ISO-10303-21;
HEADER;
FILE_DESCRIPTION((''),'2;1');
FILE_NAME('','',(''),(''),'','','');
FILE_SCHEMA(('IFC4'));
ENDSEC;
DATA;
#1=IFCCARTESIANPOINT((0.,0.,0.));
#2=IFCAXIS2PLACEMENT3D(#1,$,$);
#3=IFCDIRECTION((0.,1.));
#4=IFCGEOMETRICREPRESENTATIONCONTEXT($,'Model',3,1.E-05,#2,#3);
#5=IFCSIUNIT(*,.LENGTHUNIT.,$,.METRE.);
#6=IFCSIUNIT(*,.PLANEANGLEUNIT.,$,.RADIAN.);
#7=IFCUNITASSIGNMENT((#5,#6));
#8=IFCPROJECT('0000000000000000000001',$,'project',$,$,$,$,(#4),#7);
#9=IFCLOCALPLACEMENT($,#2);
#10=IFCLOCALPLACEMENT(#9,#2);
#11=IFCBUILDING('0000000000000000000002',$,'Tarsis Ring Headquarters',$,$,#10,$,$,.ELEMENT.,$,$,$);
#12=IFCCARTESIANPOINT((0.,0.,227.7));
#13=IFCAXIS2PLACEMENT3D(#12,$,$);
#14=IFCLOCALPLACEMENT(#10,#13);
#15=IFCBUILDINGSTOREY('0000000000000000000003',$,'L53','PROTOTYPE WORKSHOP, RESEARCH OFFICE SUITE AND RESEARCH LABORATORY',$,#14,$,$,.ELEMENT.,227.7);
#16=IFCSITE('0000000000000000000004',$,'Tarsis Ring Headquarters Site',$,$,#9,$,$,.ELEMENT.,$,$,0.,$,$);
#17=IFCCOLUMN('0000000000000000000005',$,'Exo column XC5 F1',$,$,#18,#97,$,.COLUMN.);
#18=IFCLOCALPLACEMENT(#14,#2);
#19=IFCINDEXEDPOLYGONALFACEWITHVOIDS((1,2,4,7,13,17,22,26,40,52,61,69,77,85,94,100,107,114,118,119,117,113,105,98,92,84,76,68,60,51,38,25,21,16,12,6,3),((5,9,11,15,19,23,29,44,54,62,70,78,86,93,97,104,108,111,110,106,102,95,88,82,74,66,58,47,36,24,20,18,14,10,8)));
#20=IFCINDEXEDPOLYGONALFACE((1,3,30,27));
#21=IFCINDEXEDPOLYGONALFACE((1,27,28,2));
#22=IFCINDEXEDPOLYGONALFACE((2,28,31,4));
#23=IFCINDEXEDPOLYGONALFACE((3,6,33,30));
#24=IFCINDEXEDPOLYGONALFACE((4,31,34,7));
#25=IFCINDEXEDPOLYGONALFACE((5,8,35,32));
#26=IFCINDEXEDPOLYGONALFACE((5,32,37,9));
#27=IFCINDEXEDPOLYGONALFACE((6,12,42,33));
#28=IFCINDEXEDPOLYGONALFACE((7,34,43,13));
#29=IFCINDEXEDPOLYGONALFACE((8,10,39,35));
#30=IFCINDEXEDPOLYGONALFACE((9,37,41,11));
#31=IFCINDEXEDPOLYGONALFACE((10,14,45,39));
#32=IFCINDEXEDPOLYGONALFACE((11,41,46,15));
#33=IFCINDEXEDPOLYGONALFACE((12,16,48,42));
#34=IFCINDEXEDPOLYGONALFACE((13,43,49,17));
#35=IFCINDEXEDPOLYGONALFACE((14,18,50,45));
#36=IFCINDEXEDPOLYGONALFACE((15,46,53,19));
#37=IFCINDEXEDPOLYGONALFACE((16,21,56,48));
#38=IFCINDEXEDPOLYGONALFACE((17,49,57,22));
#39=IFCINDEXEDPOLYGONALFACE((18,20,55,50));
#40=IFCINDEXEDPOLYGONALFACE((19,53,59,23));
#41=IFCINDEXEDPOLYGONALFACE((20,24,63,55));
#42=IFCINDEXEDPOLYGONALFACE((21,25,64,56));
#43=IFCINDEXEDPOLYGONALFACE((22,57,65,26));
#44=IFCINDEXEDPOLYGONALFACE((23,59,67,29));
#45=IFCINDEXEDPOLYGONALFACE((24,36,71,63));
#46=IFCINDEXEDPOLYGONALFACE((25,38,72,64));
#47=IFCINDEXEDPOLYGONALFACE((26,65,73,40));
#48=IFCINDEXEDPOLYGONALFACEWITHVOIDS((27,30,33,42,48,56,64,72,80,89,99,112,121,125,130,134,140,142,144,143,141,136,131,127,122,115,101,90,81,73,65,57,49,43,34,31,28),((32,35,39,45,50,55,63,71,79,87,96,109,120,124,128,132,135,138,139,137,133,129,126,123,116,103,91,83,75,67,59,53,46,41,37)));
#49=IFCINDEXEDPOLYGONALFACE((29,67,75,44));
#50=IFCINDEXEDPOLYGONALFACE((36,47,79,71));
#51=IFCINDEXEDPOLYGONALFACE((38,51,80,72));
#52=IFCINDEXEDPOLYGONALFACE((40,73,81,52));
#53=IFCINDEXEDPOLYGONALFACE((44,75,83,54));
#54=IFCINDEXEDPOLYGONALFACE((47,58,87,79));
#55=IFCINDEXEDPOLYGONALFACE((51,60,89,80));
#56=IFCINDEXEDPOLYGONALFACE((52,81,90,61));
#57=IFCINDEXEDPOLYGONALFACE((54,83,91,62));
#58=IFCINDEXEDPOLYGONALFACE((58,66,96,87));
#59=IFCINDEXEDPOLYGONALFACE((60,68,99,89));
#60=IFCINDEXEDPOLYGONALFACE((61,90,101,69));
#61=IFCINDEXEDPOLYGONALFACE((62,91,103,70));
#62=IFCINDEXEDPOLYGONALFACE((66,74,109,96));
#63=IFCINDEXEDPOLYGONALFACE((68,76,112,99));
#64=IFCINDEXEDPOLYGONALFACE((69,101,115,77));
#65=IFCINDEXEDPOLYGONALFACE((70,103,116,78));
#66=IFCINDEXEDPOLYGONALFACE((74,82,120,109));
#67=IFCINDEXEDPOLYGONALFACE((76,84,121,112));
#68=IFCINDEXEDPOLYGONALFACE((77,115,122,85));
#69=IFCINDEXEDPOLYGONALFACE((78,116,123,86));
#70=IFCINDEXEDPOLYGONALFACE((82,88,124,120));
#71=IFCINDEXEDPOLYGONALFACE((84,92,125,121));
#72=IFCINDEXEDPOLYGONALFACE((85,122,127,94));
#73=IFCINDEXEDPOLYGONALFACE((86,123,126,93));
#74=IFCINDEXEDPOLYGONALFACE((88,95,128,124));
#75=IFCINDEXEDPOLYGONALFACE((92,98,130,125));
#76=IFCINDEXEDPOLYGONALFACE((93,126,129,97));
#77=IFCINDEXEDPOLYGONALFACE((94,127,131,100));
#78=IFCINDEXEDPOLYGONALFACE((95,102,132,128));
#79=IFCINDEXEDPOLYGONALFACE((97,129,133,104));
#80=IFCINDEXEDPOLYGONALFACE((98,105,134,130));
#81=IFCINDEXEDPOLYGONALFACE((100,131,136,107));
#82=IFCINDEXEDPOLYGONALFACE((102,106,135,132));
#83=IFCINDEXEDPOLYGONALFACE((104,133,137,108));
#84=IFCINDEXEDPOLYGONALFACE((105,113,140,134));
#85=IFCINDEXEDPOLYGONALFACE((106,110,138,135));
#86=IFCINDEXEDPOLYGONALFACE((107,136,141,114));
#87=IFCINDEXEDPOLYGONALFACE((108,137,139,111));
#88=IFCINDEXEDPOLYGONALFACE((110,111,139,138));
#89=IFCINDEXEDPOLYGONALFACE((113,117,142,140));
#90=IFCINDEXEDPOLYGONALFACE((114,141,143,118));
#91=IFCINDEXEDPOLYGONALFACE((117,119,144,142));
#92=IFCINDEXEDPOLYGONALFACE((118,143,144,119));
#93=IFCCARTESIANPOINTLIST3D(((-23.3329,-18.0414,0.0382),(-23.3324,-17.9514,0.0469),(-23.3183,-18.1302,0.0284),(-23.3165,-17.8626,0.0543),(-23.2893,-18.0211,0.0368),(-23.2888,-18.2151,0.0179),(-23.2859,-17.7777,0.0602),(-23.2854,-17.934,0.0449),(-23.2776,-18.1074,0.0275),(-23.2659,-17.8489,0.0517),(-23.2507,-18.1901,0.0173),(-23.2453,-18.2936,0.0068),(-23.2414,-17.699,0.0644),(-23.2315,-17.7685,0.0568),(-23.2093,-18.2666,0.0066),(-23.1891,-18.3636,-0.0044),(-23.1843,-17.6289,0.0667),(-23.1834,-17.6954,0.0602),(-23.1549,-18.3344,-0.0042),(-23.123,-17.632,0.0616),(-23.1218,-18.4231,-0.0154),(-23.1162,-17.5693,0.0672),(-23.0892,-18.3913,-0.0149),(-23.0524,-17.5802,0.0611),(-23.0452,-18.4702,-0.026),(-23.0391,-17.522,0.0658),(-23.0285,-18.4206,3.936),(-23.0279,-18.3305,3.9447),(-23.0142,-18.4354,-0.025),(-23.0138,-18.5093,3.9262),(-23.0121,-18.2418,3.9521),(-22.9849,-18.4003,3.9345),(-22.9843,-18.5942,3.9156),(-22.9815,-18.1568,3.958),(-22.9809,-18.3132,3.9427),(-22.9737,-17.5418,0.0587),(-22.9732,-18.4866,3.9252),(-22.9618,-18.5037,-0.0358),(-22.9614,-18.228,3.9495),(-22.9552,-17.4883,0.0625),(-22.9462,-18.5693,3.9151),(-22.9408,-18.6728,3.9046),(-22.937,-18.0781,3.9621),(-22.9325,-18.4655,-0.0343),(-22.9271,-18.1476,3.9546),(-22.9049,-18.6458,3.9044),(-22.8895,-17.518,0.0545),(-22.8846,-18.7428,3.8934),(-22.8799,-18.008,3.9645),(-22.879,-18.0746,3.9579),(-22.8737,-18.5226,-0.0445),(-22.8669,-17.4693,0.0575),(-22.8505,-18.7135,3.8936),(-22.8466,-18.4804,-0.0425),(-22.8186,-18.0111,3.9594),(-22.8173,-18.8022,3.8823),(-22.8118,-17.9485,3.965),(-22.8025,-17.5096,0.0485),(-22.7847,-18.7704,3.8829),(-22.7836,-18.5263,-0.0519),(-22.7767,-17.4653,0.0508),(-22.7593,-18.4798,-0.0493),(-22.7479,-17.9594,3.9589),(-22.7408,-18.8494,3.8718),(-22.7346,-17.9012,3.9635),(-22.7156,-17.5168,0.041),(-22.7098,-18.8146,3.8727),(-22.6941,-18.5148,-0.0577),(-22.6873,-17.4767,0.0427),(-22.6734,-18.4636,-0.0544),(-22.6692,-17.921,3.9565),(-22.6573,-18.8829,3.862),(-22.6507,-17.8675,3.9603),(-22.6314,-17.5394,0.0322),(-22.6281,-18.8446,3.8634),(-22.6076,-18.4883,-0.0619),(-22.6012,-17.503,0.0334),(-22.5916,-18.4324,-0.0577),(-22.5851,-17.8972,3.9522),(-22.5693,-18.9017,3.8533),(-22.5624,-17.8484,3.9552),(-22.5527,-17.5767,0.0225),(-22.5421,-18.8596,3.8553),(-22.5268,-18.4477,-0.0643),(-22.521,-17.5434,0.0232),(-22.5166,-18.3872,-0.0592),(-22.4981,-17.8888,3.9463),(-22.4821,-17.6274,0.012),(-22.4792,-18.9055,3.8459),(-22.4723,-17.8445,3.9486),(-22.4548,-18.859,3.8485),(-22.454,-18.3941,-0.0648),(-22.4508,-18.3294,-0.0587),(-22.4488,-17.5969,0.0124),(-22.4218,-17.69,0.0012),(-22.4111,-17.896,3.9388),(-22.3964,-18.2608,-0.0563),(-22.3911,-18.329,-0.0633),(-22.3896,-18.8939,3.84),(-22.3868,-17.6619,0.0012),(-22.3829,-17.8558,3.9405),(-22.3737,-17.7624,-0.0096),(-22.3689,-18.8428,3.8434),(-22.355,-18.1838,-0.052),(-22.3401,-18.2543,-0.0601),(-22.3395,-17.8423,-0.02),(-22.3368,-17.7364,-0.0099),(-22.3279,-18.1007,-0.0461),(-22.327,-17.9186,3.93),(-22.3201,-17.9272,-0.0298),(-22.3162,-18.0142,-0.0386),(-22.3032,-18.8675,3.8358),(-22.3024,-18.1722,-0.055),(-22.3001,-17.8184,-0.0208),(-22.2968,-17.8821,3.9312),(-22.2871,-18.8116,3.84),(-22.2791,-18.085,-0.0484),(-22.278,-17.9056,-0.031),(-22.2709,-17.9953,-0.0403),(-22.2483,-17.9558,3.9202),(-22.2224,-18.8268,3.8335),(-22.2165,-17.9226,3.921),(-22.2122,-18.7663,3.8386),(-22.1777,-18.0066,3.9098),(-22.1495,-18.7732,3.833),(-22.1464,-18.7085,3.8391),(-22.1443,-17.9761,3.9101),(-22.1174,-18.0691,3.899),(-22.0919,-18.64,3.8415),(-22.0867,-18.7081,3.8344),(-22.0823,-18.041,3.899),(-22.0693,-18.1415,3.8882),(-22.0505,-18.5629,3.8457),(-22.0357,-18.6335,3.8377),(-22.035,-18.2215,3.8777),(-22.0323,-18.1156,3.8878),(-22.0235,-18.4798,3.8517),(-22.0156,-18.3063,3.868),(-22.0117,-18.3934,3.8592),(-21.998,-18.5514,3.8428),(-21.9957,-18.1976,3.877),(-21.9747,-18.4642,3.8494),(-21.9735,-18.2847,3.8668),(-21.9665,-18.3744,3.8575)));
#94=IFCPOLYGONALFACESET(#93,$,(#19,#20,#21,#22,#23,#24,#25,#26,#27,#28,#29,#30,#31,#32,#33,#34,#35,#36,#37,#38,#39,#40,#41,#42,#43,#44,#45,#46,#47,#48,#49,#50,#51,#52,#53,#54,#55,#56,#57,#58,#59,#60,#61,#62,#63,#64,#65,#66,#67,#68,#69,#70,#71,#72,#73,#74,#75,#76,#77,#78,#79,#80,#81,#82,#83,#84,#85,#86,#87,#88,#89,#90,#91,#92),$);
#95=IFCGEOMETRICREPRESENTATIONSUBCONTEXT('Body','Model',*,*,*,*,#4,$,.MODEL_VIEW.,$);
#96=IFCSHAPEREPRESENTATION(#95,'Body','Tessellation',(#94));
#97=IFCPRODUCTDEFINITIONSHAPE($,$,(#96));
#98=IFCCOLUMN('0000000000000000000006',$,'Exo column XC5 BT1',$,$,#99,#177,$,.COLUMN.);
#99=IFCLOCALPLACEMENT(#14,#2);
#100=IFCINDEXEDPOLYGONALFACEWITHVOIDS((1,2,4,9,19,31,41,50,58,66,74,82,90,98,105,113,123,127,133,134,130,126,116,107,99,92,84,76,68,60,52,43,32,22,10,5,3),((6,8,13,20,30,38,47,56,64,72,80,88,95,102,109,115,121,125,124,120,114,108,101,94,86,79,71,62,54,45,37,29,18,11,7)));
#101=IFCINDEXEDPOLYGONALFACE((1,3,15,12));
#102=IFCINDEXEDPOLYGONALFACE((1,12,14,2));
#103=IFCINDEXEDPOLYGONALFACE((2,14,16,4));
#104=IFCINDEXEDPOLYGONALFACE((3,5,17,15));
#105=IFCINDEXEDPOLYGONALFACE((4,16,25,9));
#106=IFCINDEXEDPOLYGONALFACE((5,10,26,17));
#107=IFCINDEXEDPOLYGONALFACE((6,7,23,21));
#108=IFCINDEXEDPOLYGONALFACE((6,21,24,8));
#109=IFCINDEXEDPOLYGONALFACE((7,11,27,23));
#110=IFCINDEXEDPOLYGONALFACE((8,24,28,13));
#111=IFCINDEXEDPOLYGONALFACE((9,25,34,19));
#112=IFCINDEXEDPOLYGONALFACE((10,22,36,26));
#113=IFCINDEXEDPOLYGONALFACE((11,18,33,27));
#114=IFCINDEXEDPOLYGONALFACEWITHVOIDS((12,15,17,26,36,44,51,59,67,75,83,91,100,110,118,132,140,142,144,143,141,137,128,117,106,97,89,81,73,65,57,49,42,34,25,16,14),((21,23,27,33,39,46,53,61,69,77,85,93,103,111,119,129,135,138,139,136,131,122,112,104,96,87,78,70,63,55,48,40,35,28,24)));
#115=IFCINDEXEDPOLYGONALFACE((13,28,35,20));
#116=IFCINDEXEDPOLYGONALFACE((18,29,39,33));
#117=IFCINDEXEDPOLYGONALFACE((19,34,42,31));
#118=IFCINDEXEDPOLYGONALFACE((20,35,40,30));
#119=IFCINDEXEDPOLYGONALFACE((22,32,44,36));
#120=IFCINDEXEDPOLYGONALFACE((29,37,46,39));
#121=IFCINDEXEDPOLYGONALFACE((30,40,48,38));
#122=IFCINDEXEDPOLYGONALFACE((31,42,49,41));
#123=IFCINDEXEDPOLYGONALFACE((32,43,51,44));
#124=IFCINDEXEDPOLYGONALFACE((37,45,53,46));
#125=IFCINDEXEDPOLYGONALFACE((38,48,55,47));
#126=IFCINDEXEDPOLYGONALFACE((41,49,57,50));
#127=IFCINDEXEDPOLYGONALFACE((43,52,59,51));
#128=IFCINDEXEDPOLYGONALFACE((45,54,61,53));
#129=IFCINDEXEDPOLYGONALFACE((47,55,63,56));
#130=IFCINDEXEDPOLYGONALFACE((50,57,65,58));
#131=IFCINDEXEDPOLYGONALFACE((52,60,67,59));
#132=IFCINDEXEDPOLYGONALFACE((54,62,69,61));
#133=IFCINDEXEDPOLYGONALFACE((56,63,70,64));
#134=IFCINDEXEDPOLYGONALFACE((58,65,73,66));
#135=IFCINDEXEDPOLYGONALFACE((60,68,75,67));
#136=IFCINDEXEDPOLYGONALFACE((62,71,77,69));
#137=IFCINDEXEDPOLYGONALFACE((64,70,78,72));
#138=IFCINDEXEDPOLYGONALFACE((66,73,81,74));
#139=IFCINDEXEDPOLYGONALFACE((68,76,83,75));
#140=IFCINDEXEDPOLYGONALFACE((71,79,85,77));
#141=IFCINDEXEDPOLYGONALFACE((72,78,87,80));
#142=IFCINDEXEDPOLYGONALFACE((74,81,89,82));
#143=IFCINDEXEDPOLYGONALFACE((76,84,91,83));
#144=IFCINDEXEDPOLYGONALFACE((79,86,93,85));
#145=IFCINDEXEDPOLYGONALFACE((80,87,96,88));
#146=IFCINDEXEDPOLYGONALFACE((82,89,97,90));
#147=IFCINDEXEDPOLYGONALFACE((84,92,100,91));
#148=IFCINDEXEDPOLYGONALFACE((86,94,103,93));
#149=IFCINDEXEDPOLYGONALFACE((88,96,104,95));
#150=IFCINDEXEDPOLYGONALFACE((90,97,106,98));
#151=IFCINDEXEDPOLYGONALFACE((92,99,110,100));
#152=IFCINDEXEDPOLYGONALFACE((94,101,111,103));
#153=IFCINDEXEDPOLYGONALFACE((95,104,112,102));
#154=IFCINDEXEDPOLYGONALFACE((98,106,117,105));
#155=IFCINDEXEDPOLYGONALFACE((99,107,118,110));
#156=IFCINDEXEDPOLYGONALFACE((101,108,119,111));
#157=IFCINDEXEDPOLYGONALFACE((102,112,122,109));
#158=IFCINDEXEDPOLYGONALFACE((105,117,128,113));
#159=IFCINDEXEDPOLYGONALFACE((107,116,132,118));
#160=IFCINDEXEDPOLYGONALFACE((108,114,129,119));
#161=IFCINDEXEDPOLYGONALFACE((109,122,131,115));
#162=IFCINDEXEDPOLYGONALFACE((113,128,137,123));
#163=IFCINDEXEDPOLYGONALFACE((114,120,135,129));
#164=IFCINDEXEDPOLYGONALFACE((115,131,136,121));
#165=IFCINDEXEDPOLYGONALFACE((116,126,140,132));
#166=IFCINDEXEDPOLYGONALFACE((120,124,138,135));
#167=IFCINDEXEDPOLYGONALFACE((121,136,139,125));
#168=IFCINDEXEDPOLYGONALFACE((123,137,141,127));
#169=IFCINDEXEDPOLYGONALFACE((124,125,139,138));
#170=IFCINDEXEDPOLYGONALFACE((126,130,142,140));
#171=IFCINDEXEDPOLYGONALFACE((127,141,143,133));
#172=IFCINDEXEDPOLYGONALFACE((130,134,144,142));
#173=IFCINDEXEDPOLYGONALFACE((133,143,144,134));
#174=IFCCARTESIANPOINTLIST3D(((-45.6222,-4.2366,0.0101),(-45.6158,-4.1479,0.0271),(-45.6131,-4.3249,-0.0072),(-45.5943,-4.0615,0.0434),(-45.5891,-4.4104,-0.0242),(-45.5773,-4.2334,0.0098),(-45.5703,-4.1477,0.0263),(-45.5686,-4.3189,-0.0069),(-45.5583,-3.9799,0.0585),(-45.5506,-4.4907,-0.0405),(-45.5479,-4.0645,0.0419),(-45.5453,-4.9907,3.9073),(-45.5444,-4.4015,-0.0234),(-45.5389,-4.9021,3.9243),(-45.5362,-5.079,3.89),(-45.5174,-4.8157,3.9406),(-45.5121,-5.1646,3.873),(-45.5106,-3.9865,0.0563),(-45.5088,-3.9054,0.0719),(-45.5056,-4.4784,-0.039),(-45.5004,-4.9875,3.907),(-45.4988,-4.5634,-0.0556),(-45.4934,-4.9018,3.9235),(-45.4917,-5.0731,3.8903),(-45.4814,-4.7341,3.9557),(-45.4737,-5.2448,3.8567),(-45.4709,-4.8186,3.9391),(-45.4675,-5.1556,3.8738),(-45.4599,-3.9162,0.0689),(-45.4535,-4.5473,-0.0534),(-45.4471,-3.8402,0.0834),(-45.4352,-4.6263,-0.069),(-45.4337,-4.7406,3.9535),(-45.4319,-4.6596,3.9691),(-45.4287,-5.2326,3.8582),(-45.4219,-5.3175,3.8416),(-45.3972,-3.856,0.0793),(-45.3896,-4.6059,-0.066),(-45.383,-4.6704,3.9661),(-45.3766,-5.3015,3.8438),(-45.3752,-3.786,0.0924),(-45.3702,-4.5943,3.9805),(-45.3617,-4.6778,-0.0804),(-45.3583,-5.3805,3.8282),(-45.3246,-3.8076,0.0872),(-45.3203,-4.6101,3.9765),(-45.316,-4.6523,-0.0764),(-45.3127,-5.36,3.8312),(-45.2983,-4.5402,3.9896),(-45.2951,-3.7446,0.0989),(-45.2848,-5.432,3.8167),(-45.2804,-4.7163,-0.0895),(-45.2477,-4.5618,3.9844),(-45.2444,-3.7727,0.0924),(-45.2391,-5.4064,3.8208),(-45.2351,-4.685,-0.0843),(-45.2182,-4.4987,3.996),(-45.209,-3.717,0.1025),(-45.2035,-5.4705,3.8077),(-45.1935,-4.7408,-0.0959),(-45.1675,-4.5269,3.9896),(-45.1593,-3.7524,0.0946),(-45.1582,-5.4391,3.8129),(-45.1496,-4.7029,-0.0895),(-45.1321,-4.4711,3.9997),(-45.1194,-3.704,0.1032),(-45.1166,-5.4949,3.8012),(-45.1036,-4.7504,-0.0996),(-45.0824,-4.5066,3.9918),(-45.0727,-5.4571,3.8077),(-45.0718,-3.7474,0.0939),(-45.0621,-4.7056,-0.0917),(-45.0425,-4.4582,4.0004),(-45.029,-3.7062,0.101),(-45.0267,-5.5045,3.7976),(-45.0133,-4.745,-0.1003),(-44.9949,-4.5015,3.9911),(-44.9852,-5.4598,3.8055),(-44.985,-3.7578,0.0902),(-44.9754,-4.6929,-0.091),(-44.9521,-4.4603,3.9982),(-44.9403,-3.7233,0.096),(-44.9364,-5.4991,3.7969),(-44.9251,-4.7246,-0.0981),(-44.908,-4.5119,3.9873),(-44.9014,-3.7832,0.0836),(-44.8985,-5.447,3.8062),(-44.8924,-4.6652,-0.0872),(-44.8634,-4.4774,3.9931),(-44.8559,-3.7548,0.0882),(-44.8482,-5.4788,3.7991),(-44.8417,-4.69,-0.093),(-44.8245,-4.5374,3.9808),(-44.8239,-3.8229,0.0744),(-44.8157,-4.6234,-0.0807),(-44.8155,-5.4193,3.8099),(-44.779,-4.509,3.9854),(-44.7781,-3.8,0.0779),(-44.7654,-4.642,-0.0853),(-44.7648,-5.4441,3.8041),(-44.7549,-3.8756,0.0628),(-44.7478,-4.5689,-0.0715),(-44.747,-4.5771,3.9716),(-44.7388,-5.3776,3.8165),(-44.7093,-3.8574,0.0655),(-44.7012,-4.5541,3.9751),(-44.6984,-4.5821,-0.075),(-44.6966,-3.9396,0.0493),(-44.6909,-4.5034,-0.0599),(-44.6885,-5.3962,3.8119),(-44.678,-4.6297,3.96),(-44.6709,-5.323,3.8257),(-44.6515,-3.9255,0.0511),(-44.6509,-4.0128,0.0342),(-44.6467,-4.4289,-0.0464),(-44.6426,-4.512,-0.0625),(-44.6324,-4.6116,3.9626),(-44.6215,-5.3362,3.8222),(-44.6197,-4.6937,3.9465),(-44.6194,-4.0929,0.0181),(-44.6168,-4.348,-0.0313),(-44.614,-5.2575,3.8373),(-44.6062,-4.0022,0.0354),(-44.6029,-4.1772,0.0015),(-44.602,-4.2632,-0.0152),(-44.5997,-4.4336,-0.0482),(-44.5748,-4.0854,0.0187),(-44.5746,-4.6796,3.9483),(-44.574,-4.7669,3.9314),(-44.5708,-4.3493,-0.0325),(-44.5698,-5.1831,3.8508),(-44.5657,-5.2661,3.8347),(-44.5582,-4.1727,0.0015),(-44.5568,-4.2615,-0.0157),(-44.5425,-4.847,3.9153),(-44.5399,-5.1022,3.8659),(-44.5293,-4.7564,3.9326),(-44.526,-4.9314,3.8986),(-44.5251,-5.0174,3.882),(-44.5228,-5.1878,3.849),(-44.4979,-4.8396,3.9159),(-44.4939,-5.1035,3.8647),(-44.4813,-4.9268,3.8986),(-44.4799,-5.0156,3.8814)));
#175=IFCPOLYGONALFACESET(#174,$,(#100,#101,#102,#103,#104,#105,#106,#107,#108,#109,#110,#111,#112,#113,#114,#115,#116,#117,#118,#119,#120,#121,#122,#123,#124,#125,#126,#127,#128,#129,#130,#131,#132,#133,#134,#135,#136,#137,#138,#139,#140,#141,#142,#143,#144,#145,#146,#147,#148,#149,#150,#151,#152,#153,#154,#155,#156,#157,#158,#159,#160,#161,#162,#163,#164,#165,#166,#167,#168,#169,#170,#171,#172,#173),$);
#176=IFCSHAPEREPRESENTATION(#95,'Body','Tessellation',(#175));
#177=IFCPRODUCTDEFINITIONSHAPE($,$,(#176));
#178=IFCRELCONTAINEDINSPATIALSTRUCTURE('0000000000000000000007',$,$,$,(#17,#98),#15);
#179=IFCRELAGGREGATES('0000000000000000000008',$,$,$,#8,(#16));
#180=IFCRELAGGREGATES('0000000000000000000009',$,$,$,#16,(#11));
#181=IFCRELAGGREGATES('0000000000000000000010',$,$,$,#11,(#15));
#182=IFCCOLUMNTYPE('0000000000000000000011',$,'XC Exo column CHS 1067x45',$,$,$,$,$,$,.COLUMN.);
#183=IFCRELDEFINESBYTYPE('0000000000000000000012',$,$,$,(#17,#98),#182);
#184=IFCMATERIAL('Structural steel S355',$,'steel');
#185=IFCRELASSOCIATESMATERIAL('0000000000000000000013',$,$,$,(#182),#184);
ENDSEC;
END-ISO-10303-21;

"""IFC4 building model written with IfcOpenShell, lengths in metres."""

from ifc_helpers import new_model, si_unit, direction, frame, origin, origin_2d, place, context, subcontext, project, spatial, hollow_circle, extrude, material, material_profile, profile_set, type_object, element, save


model = new_model("IFC4")

# Units and contexts
model_context = context("Model", 3, precision=1e-05, world=origin(), true_north=direction((0.0, 1.0)))
body_context = subcontext(model_context, "Body", "Model", "MODEL_VIEW")
ifc_project = project(units=[si_unit("LENGTHUNIT", "METRE"), si_unit("PLANEANGLEUNIT", "RADIAN")], contexts=[model_context])

# Site, building, storey
site_placement = place(None, origin())
site = spatial("IfcSite", under=ifc_project, at=site_placement, Name="Tarsis Ring Headquarters Site", CompositionType="ELEMENT", RefElevation=0.0)
building_placement = place(site_placement, origin())
building = spatial("IfcBuilding", under=site, at=building_placement, Name="Tarsis Ring Headquarters", CompositionType="ELEMENT")
storey_placement = place(building_placement, frame((0.0, 0.0, 227.7)))
storey = spatial("IfcBuildingStorey", under=building, at=storey_placement, Name="L53", Description="PROTOTYPE WORKSHOP, RESEARCH OFFICE SUITE AND RESEARCH LABORATORY", CompositionType="ELEMENT", Elevation=227.7)

# Columns
ifc_material_1 = material(Name="Structural steel S355", Category="steel")
ifc_material_profile_1 = material_profile(ifc_material_1, hollow_circle(Radius=0.5334, WallThickness=0.0449, at=origin_2d()), Name="CHS 1067x45")
ifc_profile_set_1 = profile_set([ifc_material_profile_1], Name="Structural steel S355")
column_type = type_object("IfcColumnType", Name="XC Exo column CHS 1067x45", PredefinedType="COLUMN", material=ifc_profile_set_1)
column_1_placement = place(storey_placement, frame((-22.8027, -17.9958, 0.0012), z_axis=(0.077508, -0.096527, 0.992308), x_axis=(0.779741, 0.626102, 0.0)))
element("IfcColumn", 1, at=column_1_placement, inside=storey, type_object=column_type, Name="Exo column XC5 F1", PredefinedType="COLUMN", context=body_context, shape_type="SweptSolid", body=[
    extrude(hollow_circle(Radius=0.5334, WallThickness=0.0449, at=origin_2d()), origin(), (0.0, 0.0, 1.0), 3.928),
])
column_2_placement = place(storey_placement, frame((-45.0889, -4.2268, 0.0015), z_axis=(0.01937, -0.18995, 0.981603), x_axis=(0.994841, 0.101449, 0.0)))
element("IfcColumn", 2, at=column_2_placement, inside=storey, type_object=column_type, Name="Exo column XC5 BT1", PredefinedType="COLUMN", context=body_context, shape_type="SweptSolid", body=[
    extrude(hollow_circle(Radius=0.5334, WallThickness=0.0449, at=origin_2d()), origin(), (0.0, 0.0, 1.0), 3.9702),
])

save(model, "model.ifc")
